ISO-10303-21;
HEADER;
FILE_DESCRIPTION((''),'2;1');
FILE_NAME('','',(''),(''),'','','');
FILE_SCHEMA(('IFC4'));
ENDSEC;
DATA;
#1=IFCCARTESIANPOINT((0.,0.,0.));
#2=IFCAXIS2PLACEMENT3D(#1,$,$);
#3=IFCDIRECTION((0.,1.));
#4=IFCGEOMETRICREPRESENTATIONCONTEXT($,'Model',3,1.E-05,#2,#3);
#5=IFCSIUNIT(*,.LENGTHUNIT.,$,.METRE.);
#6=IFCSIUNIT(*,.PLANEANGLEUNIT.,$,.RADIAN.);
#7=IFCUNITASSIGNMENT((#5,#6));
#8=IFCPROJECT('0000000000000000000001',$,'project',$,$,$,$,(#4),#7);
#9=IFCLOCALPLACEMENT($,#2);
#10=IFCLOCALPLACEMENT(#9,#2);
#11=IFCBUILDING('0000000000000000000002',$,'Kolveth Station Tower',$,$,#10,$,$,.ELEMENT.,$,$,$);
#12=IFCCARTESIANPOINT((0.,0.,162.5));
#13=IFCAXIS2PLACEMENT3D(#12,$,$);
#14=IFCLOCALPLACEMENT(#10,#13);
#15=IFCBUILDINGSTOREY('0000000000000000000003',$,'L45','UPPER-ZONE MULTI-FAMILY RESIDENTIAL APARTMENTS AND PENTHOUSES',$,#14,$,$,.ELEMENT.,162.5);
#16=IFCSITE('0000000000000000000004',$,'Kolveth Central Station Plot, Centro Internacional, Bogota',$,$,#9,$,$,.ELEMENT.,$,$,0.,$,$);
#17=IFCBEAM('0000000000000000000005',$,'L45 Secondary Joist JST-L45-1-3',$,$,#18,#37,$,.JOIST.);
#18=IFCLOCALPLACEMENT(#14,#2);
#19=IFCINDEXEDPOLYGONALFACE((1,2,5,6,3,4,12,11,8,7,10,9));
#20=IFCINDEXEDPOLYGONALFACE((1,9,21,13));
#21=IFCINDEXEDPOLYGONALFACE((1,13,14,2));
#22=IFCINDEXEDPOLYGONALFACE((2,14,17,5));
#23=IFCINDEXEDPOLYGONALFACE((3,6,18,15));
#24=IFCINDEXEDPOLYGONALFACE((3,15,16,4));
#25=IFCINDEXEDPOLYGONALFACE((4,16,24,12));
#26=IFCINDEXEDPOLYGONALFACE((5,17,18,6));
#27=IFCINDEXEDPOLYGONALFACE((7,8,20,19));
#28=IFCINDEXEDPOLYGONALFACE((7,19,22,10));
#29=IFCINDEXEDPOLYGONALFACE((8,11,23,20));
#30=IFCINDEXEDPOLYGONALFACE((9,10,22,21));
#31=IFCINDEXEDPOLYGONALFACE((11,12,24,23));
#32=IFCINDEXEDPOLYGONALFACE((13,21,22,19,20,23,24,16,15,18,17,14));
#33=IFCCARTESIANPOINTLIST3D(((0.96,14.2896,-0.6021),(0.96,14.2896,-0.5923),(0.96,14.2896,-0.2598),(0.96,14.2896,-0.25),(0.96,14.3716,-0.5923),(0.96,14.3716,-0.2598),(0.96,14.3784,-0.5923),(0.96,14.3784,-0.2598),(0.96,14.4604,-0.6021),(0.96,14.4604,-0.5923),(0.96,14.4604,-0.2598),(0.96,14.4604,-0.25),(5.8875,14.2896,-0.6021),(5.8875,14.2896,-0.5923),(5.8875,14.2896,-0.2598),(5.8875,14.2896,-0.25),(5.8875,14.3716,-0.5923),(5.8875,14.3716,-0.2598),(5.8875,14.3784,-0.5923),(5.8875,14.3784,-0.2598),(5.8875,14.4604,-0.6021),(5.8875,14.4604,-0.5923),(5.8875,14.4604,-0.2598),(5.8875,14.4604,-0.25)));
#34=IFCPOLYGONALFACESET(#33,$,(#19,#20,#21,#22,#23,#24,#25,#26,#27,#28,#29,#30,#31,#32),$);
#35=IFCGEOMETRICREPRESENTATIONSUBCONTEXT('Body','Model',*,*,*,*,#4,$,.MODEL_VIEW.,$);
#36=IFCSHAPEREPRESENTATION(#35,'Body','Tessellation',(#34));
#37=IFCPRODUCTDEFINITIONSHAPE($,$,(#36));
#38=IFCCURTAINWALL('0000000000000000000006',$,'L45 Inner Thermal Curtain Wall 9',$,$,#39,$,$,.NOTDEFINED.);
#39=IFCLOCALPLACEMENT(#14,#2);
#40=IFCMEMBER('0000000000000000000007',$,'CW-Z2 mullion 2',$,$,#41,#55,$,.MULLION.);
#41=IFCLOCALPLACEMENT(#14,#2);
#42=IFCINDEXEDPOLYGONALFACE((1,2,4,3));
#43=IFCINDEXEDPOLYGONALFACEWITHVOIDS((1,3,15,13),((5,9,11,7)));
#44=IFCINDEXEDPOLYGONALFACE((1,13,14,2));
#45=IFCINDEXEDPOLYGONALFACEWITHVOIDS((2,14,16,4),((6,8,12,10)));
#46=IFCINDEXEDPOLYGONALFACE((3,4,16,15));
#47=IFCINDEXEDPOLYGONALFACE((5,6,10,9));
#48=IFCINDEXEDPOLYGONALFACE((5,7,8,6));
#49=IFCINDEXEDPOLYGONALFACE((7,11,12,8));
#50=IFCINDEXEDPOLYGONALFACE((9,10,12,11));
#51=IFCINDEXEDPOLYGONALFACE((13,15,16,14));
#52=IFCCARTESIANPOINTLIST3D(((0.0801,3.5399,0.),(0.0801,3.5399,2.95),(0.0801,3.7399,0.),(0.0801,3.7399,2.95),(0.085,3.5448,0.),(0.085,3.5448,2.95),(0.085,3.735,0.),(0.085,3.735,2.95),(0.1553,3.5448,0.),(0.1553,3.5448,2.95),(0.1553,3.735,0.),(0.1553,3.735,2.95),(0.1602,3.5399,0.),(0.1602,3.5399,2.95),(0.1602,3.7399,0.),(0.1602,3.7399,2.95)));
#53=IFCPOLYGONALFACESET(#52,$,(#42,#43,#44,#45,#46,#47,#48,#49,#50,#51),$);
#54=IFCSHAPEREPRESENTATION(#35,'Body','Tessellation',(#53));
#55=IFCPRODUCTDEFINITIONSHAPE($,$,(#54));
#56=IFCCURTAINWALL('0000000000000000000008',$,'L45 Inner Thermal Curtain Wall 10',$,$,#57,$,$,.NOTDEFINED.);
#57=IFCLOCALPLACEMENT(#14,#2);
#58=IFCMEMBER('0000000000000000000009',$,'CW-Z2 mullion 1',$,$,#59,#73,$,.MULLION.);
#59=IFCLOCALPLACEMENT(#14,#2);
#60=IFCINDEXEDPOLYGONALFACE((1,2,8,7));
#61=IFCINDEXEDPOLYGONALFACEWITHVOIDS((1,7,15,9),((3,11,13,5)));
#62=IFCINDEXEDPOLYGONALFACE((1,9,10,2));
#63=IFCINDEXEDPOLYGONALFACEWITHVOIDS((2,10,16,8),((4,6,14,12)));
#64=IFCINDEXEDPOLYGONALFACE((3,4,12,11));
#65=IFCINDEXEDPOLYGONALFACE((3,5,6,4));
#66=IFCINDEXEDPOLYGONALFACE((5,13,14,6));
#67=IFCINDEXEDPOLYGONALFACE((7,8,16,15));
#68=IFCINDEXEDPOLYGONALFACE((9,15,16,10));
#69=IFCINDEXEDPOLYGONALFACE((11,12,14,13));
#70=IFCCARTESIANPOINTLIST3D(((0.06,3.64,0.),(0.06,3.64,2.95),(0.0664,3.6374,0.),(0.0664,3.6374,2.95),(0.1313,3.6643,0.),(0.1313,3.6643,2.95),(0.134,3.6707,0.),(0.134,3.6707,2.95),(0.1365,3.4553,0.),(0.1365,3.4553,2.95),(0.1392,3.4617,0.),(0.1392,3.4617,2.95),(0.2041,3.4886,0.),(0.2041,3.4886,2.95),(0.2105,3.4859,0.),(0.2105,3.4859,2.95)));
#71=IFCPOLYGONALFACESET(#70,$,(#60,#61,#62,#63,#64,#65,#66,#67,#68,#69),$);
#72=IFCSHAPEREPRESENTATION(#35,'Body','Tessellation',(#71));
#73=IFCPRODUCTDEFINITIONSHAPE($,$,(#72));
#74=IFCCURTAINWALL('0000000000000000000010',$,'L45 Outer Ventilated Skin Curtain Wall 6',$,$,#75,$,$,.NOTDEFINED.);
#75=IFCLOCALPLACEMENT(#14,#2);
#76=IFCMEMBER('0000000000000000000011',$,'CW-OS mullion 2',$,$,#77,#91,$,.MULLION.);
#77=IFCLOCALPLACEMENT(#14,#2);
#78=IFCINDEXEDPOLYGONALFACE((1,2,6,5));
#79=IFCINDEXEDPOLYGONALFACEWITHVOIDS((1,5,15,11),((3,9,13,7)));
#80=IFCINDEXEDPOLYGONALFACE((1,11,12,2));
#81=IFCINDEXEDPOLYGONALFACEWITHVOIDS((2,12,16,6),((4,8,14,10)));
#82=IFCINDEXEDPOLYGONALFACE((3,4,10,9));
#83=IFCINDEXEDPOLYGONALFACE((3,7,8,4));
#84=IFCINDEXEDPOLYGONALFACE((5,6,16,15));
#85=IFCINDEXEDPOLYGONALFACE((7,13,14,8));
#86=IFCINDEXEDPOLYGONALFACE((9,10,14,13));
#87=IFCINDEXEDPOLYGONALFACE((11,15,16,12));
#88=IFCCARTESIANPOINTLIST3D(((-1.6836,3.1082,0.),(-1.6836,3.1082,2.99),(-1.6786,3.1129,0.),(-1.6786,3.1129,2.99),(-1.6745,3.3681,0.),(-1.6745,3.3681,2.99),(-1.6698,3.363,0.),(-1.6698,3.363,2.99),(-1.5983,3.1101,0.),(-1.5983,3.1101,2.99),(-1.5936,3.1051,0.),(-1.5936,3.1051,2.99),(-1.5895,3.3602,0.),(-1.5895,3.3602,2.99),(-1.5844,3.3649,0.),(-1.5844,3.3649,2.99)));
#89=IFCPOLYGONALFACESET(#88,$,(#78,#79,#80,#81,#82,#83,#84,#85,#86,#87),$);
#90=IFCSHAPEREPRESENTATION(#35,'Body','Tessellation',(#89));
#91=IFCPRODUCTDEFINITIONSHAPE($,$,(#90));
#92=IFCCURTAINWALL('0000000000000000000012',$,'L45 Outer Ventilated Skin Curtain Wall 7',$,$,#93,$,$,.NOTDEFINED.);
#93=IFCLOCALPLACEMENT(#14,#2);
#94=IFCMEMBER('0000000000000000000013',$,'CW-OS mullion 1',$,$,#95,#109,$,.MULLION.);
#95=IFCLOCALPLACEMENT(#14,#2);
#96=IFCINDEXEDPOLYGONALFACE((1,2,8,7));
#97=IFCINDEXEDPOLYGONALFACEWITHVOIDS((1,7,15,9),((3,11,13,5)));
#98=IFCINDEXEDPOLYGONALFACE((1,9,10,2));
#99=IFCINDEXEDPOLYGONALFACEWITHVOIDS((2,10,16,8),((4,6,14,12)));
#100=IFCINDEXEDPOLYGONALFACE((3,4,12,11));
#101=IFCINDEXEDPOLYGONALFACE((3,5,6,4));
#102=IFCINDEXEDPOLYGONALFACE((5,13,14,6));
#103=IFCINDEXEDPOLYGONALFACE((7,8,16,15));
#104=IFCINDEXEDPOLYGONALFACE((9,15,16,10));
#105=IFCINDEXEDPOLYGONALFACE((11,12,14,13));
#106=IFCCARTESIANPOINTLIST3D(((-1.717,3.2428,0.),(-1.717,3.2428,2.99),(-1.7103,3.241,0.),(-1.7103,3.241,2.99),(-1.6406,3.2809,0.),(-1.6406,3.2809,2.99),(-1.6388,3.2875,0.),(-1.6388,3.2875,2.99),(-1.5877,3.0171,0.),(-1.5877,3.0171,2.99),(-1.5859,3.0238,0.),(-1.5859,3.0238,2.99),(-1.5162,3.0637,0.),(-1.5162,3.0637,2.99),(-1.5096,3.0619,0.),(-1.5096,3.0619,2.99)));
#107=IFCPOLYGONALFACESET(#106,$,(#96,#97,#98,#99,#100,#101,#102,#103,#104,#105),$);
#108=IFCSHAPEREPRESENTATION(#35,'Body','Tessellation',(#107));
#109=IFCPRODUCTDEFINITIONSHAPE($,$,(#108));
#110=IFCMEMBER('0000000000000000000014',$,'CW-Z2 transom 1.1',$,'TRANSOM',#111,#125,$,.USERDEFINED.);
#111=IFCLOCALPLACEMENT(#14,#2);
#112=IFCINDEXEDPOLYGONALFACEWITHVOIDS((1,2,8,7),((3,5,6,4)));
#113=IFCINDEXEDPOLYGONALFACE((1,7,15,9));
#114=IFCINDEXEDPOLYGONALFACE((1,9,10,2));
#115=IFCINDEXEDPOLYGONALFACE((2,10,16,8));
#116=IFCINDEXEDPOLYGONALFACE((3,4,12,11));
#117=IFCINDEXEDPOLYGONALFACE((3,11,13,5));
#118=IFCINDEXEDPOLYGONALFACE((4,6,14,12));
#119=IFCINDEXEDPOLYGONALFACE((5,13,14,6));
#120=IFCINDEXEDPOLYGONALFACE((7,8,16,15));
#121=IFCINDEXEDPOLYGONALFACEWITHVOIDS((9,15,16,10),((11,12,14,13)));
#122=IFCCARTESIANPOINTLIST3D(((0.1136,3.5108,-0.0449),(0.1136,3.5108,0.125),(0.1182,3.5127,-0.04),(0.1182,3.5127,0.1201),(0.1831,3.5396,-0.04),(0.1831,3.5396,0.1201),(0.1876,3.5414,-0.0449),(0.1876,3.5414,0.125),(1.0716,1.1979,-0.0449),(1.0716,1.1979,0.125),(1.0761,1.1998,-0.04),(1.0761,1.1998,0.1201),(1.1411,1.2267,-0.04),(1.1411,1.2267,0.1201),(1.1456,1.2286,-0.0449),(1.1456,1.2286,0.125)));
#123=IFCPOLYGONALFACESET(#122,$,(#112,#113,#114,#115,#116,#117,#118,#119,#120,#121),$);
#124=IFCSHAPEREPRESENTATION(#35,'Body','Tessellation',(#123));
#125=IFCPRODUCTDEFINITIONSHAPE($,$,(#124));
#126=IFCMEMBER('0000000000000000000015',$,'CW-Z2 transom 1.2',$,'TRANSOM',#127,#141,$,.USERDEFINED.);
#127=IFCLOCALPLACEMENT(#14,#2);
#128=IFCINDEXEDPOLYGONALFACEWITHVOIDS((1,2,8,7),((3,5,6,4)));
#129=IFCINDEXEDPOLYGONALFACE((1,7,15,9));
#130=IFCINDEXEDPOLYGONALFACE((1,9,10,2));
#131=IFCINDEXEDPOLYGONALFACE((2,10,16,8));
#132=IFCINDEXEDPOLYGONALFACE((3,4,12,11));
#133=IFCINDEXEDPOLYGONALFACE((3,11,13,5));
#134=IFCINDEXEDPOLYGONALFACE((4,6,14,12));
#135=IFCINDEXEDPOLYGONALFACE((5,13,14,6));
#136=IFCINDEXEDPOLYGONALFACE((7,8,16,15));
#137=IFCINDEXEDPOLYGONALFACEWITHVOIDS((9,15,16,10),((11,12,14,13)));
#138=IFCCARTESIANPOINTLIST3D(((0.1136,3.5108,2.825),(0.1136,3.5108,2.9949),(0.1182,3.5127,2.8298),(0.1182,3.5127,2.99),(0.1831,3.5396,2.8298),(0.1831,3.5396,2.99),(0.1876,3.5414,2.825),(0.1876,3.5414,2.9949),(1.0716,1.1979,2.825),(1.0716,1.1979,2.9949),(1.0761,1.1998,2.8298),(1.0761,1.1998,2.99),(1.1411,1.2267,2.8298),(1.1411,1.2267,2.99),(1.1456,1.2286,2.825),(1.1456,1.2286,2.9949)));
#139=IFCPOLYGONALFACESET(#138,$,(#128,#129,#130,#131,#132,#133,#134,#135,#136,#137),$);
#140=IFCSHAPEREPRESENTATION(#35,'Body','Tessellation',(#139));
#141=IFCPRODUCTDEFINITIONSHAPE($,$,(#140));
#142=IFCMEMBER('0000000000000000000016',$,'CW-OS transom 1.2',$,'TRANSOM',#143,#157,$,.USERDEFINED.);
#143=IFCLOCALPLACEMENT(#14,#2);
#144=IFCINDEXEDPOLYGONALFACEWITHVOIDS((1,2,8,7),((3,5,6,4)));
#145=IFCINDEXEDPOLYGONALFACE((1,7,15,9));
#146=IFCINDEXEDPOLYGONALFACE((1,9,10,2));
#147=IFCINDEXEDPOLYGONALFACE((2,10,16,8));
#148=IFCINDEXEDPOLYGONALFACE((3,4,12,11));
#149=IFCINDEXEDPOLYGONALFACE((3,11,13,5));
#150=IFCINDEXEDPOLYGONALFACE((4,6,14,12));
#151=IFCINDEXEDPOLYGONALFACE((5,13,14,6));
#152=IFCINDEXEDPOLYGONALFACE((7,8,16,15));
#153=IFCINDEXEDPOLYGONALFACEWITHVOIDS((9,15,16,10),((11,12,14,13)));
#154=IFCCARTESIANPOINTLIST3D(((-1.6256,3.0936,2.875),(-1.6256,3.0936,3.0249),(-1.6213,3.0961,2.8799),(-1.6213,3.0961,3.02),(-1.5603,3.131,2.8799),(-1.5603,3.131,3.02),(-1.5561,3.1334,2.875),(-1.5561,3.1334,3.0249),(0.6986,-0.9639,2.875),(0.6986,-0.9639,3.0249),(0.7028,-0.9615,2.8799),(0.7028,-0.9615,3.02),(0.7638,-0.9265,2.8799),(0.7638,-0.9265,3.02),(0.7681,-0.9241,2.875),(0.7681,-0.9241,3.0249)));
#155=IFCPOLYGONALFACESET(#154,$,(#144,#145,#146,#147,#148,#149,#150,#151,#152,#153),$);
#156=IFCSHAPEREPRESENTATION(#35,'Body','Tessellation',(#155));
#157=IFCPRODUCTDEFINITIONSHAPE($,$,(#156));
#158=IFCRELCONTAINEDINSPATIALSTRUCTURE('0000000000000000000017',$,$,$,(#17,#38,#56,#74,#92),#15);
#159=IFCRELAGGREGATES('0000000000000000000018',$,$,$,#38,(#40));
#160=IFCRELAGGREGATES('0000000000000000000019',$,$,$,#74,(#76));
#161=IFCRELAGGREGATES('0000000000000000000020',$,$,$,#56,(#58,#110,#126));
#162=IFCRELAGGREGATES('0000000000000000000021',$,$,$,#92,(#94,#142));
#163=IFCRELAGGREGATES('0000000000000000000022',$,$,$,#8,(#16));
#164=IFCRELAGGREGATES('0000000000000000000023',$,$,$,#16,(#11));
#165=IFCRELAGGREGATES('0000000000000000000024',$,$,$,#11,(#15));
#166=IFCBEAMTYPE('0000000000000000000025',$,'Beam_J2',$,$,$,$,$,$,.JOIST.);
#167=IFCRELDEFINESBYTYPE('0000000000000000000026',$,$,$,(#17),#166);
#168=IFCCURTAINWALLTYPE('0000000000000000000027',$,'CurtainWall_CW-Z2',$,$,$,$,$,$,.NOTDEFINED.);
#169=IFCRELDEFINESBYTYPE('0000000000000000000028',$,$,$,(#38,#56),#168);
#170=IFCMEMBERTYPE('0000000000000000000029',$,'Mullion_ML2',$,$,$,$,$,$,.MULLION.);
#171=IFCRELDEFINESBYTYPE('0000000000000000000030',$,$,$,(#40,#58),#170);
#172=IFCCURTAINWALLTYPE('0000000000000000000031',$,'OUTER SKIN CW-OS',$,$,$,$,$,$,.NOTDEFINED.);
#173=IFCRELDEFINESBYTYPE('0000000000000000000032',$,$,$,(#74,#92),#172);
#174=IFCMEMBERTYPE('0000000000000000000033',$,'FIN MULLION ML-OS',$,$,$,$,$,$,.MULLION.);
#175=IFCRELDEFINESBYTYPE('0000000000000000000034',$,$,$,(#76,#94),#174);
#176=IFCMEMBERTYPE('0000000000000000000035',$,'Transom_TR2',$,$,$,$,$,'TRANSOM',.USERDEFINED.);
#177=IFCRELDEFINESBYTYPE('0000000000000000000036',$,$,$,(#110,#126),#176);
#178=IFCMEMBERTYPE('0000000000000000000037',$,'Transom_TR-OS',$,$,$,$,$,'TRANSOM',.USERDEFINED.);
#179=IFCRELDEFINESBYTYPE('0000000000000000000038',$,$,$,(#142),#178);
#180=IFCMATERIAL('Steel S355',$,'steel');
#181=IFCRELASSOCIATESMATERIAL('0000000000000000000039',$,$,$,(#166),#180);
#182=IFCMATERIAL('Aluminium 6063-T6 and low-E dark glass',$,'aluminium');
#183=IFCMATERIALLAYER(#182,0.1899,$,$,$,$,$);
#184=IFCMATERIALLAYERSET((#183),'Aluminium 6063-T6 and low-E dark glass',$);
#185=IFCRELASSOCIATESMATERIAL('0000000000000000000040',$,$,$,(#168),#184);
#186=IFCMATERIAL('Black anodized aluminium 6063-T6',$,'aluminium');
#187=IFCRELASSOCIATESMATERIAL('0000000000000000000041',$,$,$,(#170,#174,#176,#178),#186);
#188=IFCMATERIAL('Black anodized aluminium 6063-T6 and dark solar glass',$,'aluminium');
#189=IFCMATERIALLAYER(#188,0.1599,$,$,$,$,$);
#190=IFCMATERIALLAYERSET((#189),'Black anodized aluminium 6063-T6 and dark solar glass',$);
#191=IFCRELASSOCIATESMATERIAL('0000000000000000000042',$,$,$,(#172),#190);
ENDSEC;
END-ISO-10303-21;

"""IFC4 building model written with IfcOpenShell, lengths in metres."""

from ifc_helpers import new_model, si_unit, direction, frame, origin, origin_2d, place, context, subcontext, project, spatial, hollow_rectangle, i_section, extrude, source, transform, mapped, material, layer, layer_set, material_profile, profile_set, type_object, element, aggregate, save


model = new_model("IFC4")

# Units and contexts
model_context = context("Model", 3, precision=1e-05, world=origin(), true_north=direction((0.0, 1.0)))
body_context = subcontext(model_context, "Body", "Model", "MODEL_VIEW")
ifc_project = project(units=[si_unit("LENGTHUNIT", "METRE"), si_unit("PLANEANGLEUNIT", "RADIAN")], contexts=[model_context])

# Site, building, storey
site_placement = place(None, origin())
site = spatial("IfcSite", under=ifc_project, at=site_placement, Name="Kolveth Central Station Plot, Centro Internacional, Bogota", CompositionType="ELEMENT", RefElevation=0.0)
building_placement = place(site_placement, origin())
building = spatial("IfcBuilding", under=site, at=building_placement, Name="Kolveth Station Tower", CompositionType="ELEMENT")
storey_placement = place(building_placement, frame((0.0, 0.0, 162.5)))
storey = spatial("IfcBuildingStorey", under=building, at=storey_placement, Name="L45", Description="UPPER-ZONE MULTI-FAMILY RESIDENTIAL APARTMENTS AND PENTHOUSES", CompositionType="ELEMENT", Elevation=162.5)

# Shared definitions
ifc_material_1 = material(Name="Steel S355", Category="steel")

# Beam
ifc_material_profile_1 = material_profile(ifc_material_1, i_section(OverallWidth=0.1709, OverallDepth=0.3521, WebThickness=0.0068, FlangeThickness=0.0098, at=origin_2d()), Name="W360x44")
ifc_profile_set_1 = profile_set([ifc_material_profile_1], Name="Steel S355")
beam_type_1 = type_object("IfcBeamType", Name="Beam_J2", PredefinedType="JOIST", material=ifc_profile_set_1)
shared_shape_1 = source(origin(), body_context, "Body", "SweptSolid", [
    extrude(i_section(OverallWidth=0.1709, OverallDepth=0.3521, WebThickness=0.0068, FlangeThickness=0.0098, at=origin_2d()), origin(), (0.0, 0.0, 1.0), 4.9275),
])
for number, where, z_axis, x_axis, name in (
    (1, (0.96, 14.375, -0.426), (1.0, 0.0, 0.0), (0.0, 1.0, 0.0), "L45 Secondary Joist JST-L45-1-3"),
):
    element("IfcBeam", number, at=place(storey_placement, frame(where, z_axis=z_axis, x_axis=x_axis)), inside=storey, type_object=beam_type_1, Name=name, PredefinedType="JOIST", context=body_context, shape_type="MappedRepresentation", body=[
        mapped(shared_shape_1, transform((0.0, 0.0, 0.0), x_axis=(1.0, 0.0, 0.0), y_axis=(0.0, 1.0, 0.0), z_axis=(0.0, 0.0, 1.0), scale=1.0)),
    ])

# Curtain walls, members
ifc_material_2 = material(Name="Aluminium 6063-T6 and low-E dark glass", Category="aluminium")
ifc_layer_1 = layer(ifc_material_2, 0.1899)
ifc_layer_set_1 = layer_set([ifc_layer_1], Name="Aluminium 6063-T6 and low-E dark glass")
curtain_wall_type_1 = type_object("IfcCurtainWallType", Name="CurtainWall_CW-Z2", PredefinedType="NOTDEFINED", material=ifc_layer_set_1)
curtain_wall_1_placement = place(storey_placement, origin())
curtain_wall_1 = element("IfcCurtainWall", 2, at=curtain_wall_1_placement, inside=storey, type_object=curtain_wall_type_1, Name="L45 Inner Thermal Curtain Wall 9", PredefinedType="NOTDEFINED")
ifc_material_3 = material(Name="Black anodized aluminium 6063-T6", Category="aluminium")
ifc_material_profile_2 = material_profile(ifc_material_3, hollow_rectangle(XDim=0.0801, YDim=0.2, WallThickness=0.0049, at=origin_2d()), Name="ALU-80x200x5")
ifc_profile_set_2 = profile_set([ifc_material_profile_2], Name="Black anodized aluminium 6063-T6")
member_type_1 = type_object("IfcMemberType", Name="Mullion_ML2", PredefinedType="MULLION", material=ifc_profile_set_2)
shared_shape_2 = source(origin(), body_context, "Body", "SweptSolid", [
    extrude(hollow_rectangle(XDim=0.0801, YDim=0.2, WallThickness=0.0049, at=origin_2d()), origin(), (0.0, 0.0, 1.0), 2.95),
])
member_1_placement = place(storey_placement, frame((0.1201, 3.6399, 0.0), z_axis=(0.0, 0.0, 1.0), x_axis=(1.0, 0.0, 0.0)))
member_1 = element("IfcMember", 3, at=member_1_placement, type_object=member_type_1, Name="CW-Z2 mullion 2", PredefinedType="MULLION", context=body_context, shape_type="MappedRepresentation", body=[
    mapped(shared_shape_2, transform((0.0, 0.0, 0.0), x_axis=(1.0, 0.0, 0.0), y_axis=(0.0, 1.0, 0.0), z_axis=(0.0, 0.0, 1.0), scale=1.0)),
])
aggregate(curtain_wall_1, [member_1])
curtain_wall_2_placement = place(storey_placement, origin())
curtain_wall_2 = element("IfcCurtainWall", 4, at=curtain_wall_2_placement, inside=storey, type_object=curtain_wall_type_1, Name="L45 Inner Thermal Curtain Wall 10", PredefinedType="NOTDEFINED")
member_2_placement = place(storey_placement, frame((0.1353, 3.563, 0.0), z_axis=(0.0, 0.0, 1.0), x_axis=(0.923874, 0.382698, 0.0)))
member_2 = element("IfcMember", 5, at=member_2_placement, type_object=member_type_1, Name="CW-Z2 mullion 1", PredefinedType="MULLION", context=body_context, shape_type="MappedRepresentation", body=[
    mapped(shared_shape_2, transform((0.0, 0.0, 0.0), x_axis=(1.0, 0.0, 0.0), y_axis=(0.0, 1.0, 0.0), z_axis=(0.0, 0.0, 1.0), scale=1.0)),
])
ifc_material_4 = material(Name="Black anodized aluminium 6063-T6 and dark solar glass", Category="aluminium")
ifc_layer_2 = layer(ifc_material_4, 0.1599)
ifc_layer_set_2 = layer_set([ifc_layer_2], Name="Black anodized aluminium 6063-T6 and dark solar glass")
curtain_wall_type_2 = type_object("IfcCurtainWallType", Name="OUTER SKIN CW-OS", PredefinedType="NOTDEFINED", material=ifc_layer_set_2)
curtain_wall_3_placement = place(storey_placement, origin())
curtain_wall_3 = element("IfcCurtainWall", 6, at=curtain_wall_3_placement, inside=storey, type_object=curtain_wall_type_2, Name="L45 Outer Ventilated Skin Curtain Wall 6", PredefinedType="NOTDEFINED")
ifc_material_profile_3 = material_profile(ifc_material_3, hollow_rectangle(XDim=0.0901, YDim=0.26, WallThickness=0.0049, at=origin_2d()), Name="ALU-90x260x5")
ifc_profile_set_3 = profile_set([ifc_material_profile_3], Name="Black anodized aluminium 6063-T6")
member_type_2 = type_object("IfcMemberType", Name="FIN MULLION ML-OS", PredefinedType="MULLION", material=ifc_profile_set_3)
shared_shape_3 = source(origin(), body_context, "Body", "SweptSolid", [
    extrude(hollow_rectangle(XDim=0.0901, YDim=0.26, WallThickness=0.0049, at=origin_2d()), origin(), (0.0, 0.0, 1.0), 2.99),
])
member_3_placement = place(storey_placement, frame((-1.634, 3.2366, 0.0), z_axis=(0.0, 0.0, 1.0), x_axis=(0.999378, -0.035258, 0.0)))
member_3 = element("IfcMember", 7, at=member_3_placement, type_object=member_type_2, Name="CW-OS mullion 2", PredefinedType="MULLION", context=body_context, shape_type="MappedRepresentation", body=[
    mapped(shared_shape_3, transform((0.0, 0.0, 0.0), x_axis=(1.0, 0.0, 0.0), y_axis=(0.0, 1.0, 0.0), z_axis=(0.0, 0.0, 1.0), scale=1.0)),
])
aggregate(curtain_wall_3, [member_3])
curtain_wall_4_placement = place(storey_placement, origin())
curtain_wall_4 = element("IfcCurtainWall", 8, at=curtain_wall_4_placement, inside=storey, type_object=curtain_wall_type_2, Name="L45 Outer Ventilated Skin Curtain Wall 7", PredefinedType="NOTDEFINED")
member_4_placement = place(storey_placement, frame((-1.6133, 3.1523, 0.0), z_axis=(0.0, 0.0, 1.0), x_axis=(0.867713, 0.497066, 0.0)))
member_4 = element("IfcMember", 9, at=member_4_placement, type_object=member_type_2, Name="CW-OS mullion 1", PredefinedType="MULLION", context=body_context, shape_type="MappedRepresentation", body=[
    mapped(shared_shape_3, transform((0.0, 0.0, 0.0), x_axis=(1.0, 0.0, 0.0), y_axis=(0.0, 1.0, 0.0), z_axis=(0.0, 0.0, 1.0), scale=1.0)),
])

# Members
ifc_material_profile_4 = material_profile(ifc_material_3, hollow_rectangle(XDim=0.0801, YDim=0.1699, WallThickness=0.0049, at=origin_2d()), Name="ALU-80x170x5")
ifc_profile_set_4 = profile_set([ifc_material_profile_4], Name="Black anodized aluminium 6063-T6")
member_type_3 = type_object("IfcMemberType", Name="Transom_TR2", ElementType="TRANSOM", PredefinedType="USERDEFINED", material=ifc_profile_set_4)
shared_shape_4 = source(origin(), body_context, "Body", "SweptSolid", [
    extrude(hollow_rectangle(XDim=0.0801, YDim=0.1699, WallThickness=0.0049, at=origin_2d()), origin(), (0.0, 0.0, 1.0), 2.5034),
])
member_5_placement = place(storey_placement, frame((0.1506, 3.5261, 0.04), z_axis=(0.382662, -0.923888, 0.0), x_axis=(0.923888, 0.382662, 0.0)))
member_5 = element("IfcMember", 10, at=member_5_placement, type_object=member_type_3, Name="CW-Z2 transom 1.1", ObjectType="TRANSOM", PredefinedType="USERDEFINED", context=body_context, shape_type="MappedRepresentation", body=[
    mapped(shared_shape_4, transform((0.0, 0.0, 0.0), x_axis=(1.0, 0.0, 0.0), y_axis=(0.0, 1.0, 0.0), z_axis=(0.0, 0.0, 1.0), scale=1.0)),
])
member_6_placement = place(storey_placement, frame((0.1506, 3.5261, 2.9099), z_axis=(0.382662, -0.923888, 0.0), x_axis=(0.923888, 0.382662, 0.0)))
member_6 = element("IfcMember", 11, at=member_6_placement, type_object=member_type_3, Name="CW-Z2 transom 1.2", ObjectType="TRANSOM", PredefinedType="USERDEFINED", context=body_context, shape_type="MappedRepresentation", body=[
    mapped(shared_shape_4, transform((0.0, 0.0, 0.0), x_axis=(1.0, 0.0, 0.0), y_axis=(0.0, 1.0, 0.0), z_axis=(0.0, 0.0, 1.0), scale=1.0)),
])
aggregate(curtain_wall_2, [member_2, member_5, member_6])
ifc_material_profile_5 = material_profile(ifc_material_3, hollow_rectangle(XDim=0.0801, YDim=0.1499, WallThickness=0.0049, at=origin_2d()), Name="ALU-80x150x5")
ifc_profile_set_5 = profile_set([ifc_material_profile_5], Name="Black anodized aluminium 6063-T6")
member_type_4 = type_object("IfcMemberType", Name="Transom_TR-OS", ElementType="TRANSOM", PredefinedType="USERDEFINED", material=ifc_profile_set_5)
shared_shape_5 = source(origin(), body_context, "Body", "SweptSolid", [
    extrude(hollow_rectangle(XDim=0.0801, YDim=0.1499, WallThickness=0.0049, at=origin_2d()), origin(), (0.0, 0.0, 1.0), 4.676),
])
member_7_placement = place(storey_placement, frame((-1.5908, 3.1135, 2.95), z_axis=(0.497038, -0.867729, 0.0), x_axis=(0.867729, 0.497038, 0.0)))
member_7 = element("IfcMember", 12, at=member_7_placement, type_object=member_type_4, Name="CW-OS transom 1.2", ObjectType="TRANSOM", PredefinedType="USERDEFINED", context=body_context, shape_type="MappedRepresentation", body=[
    mapped(shared_shape_5, transform((0.0, 0.0, 0.0), x_axis=(1.0, 0.0, 0.0), y_axis=(0.0, 1.0, 0.0), z_axis=(0.0, 0.0, 1.0), scale=1.0)),
])
aggregate(curtain_wall_4, [member_4, member_7])

save(model, "model.ifc")
